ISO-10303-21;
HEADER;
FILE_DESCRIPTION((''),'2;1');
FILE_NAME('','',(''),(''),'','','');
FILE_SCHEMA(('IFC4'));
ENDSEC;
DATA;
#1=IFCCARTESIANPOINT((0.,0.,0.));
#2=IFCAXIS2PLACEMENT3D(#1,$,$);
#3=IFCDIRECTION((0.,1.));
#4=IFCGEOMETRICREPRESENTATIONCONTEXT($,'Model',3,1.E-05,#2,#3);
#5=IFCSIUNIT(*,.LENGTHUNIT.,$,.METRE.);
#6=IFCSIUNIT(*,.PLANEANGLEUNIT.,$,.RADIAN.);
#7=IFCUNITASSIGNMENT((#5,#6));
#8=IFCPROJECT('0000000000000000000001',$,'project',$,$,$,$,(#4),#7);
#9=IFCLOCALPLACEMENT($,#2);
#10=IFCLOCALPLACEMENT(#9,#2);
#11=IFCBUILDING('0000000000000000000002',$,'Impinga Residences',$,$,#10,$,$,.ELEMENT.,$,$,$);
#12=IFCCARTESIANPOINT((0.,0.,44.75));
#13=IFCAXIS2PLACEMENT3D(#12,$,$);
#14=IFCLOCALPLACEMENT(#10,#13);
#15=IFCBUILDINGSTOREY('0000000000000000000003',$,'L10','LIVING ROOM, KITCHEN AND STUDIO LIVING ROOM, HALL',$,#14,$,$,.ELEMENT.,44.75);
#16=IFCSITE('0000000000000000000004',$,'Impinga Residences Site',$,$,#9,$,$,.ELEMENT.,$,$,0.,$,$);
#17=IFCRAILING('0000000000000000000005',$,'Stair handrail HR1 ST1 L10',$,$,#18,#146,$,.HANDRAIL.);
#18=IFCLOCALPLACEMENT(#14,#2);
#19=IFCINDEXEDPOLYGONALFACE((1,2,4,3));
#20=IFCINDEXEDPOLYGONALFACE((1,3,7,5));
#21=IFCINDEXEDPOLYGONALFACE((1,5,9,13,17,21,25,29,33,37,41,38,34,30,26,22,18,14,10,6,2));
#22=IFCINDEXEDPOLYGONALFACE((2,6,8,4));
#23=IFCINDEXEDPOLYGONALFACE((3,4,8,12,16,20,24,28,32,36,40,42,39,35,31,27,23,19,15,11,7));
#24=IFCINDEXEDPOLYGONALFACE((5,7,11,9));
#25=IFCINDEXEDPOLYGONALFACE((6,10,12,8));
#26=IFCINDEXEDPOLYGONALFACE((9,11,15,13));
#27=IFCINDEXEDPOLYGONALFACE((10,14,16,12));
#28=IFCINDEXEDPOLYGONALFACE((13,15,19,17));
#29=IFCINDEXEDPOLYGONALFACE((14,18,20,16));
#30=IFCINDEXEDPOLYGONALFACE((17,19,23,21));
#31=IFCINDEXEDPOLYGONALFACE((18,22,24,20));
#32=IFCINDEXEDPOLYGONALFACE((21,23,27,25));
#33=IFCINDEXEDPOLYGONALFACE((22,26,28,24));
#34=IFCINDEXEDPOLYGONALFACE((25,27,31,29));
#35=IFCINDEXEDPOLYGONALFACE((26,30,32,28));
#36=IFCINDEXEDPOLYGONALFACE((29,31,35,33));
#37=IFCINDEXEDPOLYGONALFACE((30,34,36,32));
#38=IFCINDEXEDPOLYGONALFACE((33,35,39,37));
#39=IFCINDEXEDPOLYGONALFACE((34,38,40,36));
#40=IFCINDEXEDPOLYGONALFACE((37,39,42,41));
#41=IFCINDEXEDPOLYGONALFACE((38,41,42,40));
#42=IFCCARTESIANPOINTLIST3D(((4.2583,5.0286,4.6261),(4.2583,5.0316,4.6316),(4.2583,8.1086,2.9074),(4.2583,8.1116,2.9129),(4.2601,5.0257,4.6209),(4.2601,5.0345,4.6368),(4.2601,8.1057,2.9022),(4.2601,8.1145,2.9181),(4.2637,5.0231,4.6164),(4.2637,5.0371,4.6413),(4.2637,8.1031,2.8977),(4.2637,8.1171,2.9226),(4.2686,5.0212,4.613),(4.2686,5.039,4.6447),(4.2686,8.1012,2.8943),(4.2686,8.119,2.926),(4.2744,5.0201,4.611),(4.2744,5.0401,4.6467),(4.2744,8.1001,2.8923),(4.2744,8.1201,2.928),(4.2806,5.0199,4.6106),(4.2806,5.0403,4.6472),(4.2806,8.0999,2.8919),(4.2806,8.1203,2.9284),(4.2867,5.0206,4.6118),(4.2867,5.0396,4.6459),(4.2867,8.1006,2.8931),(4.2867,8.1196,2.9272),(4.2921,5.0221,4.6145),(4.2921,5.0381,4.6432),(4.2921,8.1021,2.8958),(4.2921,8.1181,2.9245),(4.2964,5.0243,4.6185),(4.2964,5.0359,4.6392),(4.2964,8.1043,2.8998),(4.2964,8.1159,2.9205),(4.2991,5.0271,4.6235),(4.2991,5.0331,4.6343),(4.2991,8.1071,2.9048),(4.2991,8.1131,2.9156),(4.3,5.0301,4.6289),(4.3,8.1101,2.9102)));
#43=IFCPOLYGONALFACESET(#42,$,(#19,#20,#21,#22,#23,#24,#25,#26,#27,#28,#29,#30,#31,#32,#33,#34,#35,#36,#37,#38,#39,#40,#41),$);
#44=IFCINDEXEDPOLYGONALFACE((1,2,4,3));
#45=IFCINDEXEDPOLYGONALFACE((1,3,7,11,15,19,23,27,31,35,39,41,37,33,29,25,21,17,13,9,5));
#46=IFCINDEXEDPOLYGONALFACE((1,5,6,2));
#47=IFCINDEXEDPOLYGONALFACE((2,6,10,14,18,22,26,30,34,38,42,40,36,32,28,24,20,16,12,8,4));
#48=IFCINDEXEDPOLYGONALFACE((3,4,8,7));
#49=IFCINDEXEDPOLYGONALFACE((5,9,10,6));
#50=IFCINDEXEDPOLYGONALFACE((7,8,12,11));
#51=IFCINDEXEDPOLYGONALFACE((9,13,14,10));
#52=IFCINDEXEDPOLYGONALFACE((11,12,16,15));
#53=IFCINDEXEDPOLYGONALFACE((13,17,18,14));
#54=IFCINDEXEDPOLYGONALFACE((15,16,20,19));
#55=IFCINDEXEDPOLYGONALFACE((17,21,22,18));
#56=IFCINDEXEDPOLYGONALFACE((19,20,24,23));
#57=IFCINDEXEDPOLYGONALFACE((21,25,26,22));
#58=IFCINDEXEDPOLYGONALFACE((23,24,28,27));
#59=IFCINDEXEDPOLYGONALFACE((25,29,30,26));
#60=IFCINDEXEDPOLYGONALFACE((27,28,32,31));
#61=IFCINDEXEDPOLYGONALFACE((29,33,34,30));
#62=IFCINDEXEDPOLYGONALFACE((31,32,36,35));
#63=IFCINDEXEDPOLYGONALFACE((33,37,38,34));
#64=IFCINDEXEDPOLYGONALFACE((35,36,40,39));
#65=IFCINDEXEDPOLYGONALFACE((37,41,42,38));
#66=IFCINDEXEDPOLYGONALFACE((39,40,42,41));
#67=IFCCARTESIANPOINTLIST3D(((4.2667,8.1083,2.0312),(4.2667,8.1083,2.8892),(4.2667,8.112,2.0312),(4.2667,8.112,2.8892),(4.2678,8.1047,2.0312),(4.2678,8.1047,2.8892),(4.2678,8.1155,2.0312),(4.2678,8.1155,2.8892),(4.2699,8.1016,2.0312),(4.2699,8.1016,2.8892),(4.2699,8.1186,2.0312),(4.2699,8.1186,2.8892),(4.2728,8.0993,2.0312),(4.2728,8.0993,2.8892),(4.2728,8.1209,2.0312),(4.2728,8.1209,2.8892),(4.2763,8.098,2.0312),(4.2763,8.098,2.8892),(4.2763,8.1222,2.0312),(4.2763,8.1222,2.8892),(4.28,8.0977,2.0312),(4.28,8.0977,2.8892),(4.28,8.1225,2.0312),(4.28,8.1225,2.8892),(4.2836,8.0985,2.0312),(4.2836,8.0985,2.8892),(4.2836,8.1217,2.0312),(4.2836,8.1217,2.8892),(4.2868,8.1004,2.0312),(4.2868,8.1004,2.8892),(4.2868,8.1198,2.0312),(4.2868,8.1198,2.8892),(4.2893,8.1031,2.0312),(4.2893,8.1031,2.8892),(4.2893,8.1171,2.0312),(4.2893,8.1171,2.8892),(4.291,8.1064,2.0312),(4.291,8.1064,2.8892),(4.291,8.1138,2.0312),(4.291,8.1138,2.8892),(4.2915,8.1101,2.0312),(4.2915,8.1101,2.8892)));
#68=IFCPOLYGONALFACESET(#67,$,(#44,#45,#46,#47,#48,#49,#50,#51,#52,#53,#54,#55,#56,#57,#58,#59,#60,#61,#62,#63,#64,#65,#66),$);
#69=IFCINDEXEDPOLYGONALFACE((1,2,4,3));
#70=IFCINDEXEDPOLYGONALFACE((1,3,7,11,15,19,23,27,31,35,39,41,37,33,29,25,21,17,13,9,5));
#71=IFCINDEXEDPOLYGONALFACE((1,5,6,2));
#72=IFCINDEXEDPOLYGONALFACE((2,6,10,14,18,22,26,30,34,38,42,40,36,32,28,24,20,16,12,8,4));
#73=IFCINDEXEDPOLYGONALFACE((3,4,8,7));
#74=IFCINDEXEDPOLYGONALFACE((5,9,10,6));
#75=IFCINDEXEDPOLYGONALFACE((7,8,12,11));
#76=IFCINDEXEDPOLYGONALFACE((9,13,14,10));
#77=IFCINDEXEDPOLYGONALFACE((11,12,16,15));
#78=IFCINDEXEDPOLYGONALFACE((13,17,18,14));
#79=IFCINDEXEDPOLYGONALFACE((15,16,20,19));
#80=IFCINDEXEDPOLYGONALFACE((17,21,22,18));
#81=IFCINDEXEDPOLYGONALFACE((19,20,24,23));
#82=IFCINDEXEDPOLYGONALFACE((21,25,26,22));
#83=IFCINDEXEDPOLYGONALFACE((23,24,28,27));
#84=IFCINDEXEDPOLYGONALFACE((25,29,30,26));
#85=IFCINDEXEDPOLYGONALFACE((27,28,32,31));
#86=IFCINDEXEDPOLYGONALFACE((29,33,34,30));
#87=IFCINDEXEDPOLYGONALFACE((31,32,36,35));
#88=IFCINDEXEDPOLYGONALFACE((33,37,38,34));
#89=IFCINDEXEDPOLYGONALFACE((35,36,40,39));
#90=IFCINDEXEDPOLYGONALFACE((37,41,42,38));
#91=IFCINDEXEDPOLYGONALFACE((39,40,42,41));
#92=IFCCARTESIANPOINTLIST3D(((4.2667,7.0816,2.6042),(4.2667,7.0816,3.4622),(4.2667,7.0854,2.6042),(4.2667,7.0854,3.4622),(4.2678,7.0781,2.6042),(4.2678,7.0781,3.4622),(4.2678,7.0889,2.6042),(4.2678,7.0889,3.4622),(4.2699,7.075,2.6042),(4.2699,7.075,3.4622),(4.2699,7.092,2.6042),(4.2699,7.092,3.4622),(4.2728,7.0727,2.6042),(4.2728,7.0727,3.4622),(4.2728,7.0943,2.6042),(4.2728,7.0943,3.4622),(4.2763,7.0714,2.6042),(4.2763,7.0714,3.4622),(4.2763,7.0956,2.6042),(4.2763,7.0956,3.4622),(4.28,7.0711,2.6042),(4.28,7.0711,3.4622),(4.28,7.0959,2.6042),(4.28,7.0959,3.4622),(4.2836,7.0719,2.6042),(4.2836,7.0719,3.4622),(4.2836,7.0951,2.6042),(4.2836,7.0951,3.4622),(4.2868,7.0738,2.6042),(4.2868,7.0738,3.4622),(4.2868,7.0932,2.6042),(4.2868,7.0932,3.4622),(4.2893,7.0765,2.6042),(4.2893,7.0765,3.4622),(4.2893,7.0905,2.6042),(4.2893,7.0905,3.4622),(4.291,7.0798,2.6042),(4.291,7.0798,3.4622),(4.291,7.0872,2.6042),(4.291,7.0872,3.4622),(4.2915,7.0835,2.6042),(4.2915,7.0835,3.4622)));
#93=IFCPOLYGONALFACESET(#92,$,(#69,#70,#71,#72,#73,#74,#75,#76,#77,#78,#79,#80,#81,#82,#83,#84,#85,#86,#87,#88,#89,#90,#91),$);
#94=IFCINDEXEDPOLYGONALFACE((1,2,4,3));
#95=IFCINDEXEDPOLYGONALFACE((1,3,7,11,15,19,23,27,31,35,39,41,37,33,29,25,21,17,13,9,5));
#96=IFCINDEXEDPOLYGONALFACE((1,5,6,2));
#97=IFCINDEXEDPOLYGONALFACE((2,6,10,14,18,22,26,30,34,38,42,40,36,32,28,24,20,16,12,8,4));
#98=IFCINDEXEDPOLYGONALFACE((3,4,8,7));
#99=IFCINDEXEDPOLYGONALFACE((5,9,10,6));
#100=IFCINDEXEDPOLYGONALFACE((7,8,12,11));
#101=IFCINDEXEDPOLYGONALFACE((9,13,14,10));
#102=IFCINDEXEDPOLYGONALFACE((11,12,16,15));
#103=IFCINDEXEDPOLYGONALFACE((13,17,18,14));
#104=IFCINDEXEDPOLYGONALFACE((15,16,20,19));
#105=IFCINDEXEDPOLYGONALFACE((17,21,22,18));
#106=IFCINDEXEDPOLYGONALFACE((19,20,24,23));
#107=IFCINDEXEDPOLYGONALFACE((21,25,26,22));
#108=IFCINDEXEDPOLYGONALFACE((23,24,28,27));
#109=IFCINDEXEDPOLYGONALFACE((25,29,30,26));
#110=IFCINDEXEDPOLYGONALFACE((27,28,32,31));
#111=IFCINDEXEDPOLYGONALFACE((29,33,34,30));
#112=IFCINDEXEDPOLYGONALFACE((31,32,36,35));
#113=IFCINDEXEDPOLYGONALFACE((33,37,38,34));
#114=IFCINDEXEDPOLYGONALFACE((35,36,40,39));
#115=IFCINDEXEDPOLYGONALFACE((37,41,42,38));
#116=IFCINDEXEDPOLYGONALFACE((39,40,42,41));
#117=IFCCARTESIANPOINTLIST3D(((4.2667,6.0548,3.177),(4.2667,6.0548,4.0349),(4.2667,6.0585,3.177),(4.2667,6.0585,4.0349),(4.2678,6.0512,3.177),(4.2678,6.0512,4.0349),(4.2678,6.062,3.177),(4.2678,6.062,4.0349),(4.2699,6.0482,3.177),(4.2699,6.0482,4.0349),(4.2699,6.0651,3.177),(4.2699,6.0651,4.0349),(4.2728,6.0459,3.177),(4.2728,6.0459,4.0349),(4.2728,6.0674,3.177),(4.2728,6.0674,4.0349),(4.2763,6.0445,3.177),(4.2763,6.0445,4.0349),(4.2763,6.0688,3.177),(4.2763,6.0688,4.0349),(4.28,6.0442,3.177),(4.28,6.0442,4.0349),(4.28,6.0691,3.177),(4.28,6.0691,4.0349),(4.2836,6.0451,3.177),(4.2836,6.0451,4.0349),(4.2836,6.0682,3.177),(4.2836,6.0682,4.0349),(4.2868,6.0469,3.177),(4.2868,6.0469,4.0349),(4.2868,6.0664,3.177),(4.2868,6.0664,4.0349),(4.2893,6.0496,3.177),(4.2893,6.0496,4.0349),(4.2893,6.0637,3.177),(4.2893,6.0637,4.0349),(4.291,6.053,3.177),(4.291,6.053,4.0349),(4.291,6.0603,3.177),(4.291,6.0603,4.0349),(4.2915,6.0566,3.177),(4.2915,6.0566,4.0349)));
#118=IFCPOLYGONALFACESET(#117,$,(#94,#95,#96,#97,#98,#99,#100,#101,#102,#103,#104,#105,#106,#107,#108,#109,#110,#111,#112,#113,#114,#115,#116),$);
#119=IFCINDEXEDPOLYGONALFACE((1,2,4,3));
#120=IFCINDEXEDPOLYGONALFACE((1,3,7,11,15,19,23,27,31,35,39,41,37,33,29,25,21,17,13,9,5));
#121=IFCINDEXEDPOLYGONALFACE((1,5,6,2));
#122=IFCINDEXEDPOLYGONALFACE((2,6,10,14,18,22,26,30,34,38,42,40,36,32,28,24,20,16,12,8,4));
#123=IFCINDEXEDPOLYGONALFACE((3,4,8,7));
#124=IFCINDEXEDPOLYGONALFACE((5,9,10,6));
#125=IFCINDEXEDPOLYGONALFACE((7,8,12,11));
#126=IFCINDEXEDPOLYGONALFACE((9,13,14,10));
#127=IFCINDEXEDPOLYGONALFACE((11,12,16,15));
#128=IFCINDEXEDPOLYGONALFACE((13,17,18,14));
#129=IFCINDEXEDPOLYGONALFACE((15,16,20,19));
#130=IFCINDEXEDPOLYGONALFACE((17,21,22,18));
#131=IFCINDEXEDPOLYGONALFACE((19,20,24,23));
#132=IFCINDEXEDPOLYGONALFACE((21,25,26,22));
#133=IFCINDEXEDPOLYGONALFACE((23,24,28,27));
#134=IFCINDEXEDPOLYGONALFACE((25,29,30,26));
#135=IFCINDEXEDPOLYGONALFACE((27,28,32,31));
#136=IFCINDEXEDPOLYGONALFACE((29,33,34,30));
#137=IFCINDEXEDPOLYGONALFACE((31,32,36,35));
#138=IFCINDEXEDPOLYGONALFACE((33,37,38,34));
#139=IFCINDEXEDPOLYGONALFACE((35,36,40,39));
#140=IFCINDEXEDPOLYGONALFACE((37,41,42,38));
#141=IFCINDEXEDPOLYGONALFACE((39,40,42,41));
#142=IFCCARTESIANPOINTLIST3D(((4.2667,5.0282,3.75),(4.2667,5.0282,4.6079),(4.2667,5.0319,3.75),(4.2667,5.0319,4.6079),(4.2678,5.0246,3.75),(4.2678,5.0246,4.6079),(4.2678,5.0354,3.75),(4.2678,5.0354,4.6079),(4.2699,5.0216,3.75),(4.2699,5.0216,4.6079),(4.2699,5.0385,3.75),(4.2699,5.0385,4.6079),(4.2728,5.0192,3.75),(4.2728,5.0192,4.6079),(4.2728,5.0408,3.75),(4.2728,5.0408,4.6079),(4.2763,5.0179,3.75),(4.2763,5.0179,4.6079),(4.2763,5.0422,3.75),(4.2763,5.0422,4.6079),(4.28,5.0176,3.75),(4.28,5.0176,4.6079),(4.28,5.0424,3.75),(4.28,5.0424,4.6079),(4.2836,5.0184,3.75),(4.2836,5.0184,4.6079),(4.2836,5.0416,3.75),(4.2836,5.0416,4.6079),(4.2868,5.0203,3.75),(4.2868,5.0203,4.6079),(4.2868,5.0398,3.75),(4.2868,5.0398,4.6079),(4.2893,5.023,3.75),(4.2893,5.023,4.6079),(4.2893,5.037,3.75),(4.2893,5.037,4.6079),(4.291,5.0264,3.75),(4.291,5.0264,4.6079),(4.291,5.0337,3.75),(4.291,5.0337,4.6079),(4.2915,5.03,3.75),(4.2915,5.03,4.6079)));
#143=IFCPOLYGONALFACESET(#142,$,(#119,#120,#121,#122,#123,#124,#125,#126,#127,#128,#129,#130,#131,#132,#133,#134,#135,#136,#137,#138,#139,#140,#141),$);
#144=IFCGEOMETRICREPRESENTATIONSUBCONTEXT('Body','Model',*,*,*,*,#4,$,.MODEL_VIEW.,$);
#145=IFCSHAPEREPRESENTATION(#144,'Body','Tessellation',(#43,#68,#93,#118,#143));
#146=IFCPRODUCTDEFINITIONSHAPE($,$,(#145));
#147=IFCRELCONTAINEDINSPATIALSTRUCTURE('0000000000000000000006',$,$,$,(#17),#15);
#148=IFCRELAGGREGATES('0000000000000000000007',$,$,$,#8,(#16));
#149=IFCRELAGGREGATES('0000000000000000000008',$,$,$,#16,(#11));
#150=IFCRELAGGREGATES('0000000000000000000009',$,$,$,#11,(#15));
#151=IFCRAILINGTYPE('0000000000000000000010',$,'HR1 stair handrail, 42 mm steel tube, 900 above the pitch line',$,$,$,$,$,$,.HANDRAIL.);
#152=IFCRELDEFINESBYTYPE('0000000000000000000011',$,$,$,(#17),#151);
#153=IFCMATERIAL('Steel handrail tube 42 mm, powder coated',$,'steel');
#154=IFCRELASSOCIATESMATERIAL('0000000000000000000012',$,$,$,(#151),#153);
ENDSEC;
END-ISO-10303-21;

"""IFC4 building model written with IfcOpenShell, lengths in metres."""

from ifc_helpers import new_model, si_unit, direction, frame, origin, origin_2d, place, context, subcontext, project, spatial, circle, extrude, material, type_object, element, save


model = new_model("IFC4")

# Units and contexts
model_context = context("Model", 3, precision=1e-05, world=origin(), true_north=direction((0.0, 1.0)))
body_context = subcontext(model_context, "Body", "Model", "MODEL_VIEW")
ifc_project = project(units=[si_unit("LENGTHUNIT", "METRE"), si_unit("PLANEANGLEUNIT", "RADIAN")], contexts=[model_context])

# Site, building, storey
site_placement = place(None, origin())
site = spatial("IfcSite", under=ifc_project, at=site_placement, Name="Impinga Residences Site", CompositionType="ELEMENT", RefElevation=0.0)
building_placement = place(site_placement, origin())
building = spatial("IfcBuilding", under=site, at=building_placement, Name="Impinga Residences", CompositionType="ELEMENT")
storey_placement = place(building_placement, frame((0.0, 0.0, 44.75)))
storey = spatial("IfcBuildingStorey", under=building, at=storey_placement, Name="L10", Description="LIVING ROOM, KITCHEN AND STUDIO LIVING ROOM, HALL", CompositionType="ELEMENT", Elevation=44.75)

# Railing
ifc_material_1 = material(Name="Steel handrail tube 42 mm, powder coated", Category="steel")
railing_type_1 = type_object("IfcRailingType", Name="HR1 stair handrail, 42 mm steel tube, 900 above the pitch line", PredefinedType="HANDRAIL", material=ifc_material_1)
railing_1_placement = place(storey_placement, frame((4.2791, 8.1101, 2.0312)))
element("IfcRailing", 1, at=railing_1_placement, inside=storey, type_object=railing_type_1, Name="Stair handrail HR1 ST1 L10", PredefinedType="HANDRAIL", context=body_context, shape_type="SweptSolid", body=[
    extrude(circle(Radius=0.021, at=origin_2d()), frame((0.0, 0.0, 0.8789), z_axis=(0.0, -0.873242, 0.487288), x_axis=(1.0, 0.0, 0.0)), (0.0, 0.0, 1.0), 3.5271),
    extrude(circle(Radius=0.0125, at=origin_2d()), origin(), (0.0, 0.0, 1.0), 0.8579),
    extrude(circle(Radius=0.0125, at=origin_2d()), frame((0.0, -1.0266, 0.573)), (0.0, 0.0, 1.0), 0.8579),
    extrude(circle(Radius=0.0125, at=origin_2d()), frame((0.0, -2.0535, 1.1458)), (0.0, 0.0, 1.0), 0.8579),
    extrude(circle(Radius=0.0125, at=origin_2d()), frame((0.0, -3.0801, 1.7188)), (0.0, 0.0, 1.0), 0.8579),
])

save(model, "model.ifc")
